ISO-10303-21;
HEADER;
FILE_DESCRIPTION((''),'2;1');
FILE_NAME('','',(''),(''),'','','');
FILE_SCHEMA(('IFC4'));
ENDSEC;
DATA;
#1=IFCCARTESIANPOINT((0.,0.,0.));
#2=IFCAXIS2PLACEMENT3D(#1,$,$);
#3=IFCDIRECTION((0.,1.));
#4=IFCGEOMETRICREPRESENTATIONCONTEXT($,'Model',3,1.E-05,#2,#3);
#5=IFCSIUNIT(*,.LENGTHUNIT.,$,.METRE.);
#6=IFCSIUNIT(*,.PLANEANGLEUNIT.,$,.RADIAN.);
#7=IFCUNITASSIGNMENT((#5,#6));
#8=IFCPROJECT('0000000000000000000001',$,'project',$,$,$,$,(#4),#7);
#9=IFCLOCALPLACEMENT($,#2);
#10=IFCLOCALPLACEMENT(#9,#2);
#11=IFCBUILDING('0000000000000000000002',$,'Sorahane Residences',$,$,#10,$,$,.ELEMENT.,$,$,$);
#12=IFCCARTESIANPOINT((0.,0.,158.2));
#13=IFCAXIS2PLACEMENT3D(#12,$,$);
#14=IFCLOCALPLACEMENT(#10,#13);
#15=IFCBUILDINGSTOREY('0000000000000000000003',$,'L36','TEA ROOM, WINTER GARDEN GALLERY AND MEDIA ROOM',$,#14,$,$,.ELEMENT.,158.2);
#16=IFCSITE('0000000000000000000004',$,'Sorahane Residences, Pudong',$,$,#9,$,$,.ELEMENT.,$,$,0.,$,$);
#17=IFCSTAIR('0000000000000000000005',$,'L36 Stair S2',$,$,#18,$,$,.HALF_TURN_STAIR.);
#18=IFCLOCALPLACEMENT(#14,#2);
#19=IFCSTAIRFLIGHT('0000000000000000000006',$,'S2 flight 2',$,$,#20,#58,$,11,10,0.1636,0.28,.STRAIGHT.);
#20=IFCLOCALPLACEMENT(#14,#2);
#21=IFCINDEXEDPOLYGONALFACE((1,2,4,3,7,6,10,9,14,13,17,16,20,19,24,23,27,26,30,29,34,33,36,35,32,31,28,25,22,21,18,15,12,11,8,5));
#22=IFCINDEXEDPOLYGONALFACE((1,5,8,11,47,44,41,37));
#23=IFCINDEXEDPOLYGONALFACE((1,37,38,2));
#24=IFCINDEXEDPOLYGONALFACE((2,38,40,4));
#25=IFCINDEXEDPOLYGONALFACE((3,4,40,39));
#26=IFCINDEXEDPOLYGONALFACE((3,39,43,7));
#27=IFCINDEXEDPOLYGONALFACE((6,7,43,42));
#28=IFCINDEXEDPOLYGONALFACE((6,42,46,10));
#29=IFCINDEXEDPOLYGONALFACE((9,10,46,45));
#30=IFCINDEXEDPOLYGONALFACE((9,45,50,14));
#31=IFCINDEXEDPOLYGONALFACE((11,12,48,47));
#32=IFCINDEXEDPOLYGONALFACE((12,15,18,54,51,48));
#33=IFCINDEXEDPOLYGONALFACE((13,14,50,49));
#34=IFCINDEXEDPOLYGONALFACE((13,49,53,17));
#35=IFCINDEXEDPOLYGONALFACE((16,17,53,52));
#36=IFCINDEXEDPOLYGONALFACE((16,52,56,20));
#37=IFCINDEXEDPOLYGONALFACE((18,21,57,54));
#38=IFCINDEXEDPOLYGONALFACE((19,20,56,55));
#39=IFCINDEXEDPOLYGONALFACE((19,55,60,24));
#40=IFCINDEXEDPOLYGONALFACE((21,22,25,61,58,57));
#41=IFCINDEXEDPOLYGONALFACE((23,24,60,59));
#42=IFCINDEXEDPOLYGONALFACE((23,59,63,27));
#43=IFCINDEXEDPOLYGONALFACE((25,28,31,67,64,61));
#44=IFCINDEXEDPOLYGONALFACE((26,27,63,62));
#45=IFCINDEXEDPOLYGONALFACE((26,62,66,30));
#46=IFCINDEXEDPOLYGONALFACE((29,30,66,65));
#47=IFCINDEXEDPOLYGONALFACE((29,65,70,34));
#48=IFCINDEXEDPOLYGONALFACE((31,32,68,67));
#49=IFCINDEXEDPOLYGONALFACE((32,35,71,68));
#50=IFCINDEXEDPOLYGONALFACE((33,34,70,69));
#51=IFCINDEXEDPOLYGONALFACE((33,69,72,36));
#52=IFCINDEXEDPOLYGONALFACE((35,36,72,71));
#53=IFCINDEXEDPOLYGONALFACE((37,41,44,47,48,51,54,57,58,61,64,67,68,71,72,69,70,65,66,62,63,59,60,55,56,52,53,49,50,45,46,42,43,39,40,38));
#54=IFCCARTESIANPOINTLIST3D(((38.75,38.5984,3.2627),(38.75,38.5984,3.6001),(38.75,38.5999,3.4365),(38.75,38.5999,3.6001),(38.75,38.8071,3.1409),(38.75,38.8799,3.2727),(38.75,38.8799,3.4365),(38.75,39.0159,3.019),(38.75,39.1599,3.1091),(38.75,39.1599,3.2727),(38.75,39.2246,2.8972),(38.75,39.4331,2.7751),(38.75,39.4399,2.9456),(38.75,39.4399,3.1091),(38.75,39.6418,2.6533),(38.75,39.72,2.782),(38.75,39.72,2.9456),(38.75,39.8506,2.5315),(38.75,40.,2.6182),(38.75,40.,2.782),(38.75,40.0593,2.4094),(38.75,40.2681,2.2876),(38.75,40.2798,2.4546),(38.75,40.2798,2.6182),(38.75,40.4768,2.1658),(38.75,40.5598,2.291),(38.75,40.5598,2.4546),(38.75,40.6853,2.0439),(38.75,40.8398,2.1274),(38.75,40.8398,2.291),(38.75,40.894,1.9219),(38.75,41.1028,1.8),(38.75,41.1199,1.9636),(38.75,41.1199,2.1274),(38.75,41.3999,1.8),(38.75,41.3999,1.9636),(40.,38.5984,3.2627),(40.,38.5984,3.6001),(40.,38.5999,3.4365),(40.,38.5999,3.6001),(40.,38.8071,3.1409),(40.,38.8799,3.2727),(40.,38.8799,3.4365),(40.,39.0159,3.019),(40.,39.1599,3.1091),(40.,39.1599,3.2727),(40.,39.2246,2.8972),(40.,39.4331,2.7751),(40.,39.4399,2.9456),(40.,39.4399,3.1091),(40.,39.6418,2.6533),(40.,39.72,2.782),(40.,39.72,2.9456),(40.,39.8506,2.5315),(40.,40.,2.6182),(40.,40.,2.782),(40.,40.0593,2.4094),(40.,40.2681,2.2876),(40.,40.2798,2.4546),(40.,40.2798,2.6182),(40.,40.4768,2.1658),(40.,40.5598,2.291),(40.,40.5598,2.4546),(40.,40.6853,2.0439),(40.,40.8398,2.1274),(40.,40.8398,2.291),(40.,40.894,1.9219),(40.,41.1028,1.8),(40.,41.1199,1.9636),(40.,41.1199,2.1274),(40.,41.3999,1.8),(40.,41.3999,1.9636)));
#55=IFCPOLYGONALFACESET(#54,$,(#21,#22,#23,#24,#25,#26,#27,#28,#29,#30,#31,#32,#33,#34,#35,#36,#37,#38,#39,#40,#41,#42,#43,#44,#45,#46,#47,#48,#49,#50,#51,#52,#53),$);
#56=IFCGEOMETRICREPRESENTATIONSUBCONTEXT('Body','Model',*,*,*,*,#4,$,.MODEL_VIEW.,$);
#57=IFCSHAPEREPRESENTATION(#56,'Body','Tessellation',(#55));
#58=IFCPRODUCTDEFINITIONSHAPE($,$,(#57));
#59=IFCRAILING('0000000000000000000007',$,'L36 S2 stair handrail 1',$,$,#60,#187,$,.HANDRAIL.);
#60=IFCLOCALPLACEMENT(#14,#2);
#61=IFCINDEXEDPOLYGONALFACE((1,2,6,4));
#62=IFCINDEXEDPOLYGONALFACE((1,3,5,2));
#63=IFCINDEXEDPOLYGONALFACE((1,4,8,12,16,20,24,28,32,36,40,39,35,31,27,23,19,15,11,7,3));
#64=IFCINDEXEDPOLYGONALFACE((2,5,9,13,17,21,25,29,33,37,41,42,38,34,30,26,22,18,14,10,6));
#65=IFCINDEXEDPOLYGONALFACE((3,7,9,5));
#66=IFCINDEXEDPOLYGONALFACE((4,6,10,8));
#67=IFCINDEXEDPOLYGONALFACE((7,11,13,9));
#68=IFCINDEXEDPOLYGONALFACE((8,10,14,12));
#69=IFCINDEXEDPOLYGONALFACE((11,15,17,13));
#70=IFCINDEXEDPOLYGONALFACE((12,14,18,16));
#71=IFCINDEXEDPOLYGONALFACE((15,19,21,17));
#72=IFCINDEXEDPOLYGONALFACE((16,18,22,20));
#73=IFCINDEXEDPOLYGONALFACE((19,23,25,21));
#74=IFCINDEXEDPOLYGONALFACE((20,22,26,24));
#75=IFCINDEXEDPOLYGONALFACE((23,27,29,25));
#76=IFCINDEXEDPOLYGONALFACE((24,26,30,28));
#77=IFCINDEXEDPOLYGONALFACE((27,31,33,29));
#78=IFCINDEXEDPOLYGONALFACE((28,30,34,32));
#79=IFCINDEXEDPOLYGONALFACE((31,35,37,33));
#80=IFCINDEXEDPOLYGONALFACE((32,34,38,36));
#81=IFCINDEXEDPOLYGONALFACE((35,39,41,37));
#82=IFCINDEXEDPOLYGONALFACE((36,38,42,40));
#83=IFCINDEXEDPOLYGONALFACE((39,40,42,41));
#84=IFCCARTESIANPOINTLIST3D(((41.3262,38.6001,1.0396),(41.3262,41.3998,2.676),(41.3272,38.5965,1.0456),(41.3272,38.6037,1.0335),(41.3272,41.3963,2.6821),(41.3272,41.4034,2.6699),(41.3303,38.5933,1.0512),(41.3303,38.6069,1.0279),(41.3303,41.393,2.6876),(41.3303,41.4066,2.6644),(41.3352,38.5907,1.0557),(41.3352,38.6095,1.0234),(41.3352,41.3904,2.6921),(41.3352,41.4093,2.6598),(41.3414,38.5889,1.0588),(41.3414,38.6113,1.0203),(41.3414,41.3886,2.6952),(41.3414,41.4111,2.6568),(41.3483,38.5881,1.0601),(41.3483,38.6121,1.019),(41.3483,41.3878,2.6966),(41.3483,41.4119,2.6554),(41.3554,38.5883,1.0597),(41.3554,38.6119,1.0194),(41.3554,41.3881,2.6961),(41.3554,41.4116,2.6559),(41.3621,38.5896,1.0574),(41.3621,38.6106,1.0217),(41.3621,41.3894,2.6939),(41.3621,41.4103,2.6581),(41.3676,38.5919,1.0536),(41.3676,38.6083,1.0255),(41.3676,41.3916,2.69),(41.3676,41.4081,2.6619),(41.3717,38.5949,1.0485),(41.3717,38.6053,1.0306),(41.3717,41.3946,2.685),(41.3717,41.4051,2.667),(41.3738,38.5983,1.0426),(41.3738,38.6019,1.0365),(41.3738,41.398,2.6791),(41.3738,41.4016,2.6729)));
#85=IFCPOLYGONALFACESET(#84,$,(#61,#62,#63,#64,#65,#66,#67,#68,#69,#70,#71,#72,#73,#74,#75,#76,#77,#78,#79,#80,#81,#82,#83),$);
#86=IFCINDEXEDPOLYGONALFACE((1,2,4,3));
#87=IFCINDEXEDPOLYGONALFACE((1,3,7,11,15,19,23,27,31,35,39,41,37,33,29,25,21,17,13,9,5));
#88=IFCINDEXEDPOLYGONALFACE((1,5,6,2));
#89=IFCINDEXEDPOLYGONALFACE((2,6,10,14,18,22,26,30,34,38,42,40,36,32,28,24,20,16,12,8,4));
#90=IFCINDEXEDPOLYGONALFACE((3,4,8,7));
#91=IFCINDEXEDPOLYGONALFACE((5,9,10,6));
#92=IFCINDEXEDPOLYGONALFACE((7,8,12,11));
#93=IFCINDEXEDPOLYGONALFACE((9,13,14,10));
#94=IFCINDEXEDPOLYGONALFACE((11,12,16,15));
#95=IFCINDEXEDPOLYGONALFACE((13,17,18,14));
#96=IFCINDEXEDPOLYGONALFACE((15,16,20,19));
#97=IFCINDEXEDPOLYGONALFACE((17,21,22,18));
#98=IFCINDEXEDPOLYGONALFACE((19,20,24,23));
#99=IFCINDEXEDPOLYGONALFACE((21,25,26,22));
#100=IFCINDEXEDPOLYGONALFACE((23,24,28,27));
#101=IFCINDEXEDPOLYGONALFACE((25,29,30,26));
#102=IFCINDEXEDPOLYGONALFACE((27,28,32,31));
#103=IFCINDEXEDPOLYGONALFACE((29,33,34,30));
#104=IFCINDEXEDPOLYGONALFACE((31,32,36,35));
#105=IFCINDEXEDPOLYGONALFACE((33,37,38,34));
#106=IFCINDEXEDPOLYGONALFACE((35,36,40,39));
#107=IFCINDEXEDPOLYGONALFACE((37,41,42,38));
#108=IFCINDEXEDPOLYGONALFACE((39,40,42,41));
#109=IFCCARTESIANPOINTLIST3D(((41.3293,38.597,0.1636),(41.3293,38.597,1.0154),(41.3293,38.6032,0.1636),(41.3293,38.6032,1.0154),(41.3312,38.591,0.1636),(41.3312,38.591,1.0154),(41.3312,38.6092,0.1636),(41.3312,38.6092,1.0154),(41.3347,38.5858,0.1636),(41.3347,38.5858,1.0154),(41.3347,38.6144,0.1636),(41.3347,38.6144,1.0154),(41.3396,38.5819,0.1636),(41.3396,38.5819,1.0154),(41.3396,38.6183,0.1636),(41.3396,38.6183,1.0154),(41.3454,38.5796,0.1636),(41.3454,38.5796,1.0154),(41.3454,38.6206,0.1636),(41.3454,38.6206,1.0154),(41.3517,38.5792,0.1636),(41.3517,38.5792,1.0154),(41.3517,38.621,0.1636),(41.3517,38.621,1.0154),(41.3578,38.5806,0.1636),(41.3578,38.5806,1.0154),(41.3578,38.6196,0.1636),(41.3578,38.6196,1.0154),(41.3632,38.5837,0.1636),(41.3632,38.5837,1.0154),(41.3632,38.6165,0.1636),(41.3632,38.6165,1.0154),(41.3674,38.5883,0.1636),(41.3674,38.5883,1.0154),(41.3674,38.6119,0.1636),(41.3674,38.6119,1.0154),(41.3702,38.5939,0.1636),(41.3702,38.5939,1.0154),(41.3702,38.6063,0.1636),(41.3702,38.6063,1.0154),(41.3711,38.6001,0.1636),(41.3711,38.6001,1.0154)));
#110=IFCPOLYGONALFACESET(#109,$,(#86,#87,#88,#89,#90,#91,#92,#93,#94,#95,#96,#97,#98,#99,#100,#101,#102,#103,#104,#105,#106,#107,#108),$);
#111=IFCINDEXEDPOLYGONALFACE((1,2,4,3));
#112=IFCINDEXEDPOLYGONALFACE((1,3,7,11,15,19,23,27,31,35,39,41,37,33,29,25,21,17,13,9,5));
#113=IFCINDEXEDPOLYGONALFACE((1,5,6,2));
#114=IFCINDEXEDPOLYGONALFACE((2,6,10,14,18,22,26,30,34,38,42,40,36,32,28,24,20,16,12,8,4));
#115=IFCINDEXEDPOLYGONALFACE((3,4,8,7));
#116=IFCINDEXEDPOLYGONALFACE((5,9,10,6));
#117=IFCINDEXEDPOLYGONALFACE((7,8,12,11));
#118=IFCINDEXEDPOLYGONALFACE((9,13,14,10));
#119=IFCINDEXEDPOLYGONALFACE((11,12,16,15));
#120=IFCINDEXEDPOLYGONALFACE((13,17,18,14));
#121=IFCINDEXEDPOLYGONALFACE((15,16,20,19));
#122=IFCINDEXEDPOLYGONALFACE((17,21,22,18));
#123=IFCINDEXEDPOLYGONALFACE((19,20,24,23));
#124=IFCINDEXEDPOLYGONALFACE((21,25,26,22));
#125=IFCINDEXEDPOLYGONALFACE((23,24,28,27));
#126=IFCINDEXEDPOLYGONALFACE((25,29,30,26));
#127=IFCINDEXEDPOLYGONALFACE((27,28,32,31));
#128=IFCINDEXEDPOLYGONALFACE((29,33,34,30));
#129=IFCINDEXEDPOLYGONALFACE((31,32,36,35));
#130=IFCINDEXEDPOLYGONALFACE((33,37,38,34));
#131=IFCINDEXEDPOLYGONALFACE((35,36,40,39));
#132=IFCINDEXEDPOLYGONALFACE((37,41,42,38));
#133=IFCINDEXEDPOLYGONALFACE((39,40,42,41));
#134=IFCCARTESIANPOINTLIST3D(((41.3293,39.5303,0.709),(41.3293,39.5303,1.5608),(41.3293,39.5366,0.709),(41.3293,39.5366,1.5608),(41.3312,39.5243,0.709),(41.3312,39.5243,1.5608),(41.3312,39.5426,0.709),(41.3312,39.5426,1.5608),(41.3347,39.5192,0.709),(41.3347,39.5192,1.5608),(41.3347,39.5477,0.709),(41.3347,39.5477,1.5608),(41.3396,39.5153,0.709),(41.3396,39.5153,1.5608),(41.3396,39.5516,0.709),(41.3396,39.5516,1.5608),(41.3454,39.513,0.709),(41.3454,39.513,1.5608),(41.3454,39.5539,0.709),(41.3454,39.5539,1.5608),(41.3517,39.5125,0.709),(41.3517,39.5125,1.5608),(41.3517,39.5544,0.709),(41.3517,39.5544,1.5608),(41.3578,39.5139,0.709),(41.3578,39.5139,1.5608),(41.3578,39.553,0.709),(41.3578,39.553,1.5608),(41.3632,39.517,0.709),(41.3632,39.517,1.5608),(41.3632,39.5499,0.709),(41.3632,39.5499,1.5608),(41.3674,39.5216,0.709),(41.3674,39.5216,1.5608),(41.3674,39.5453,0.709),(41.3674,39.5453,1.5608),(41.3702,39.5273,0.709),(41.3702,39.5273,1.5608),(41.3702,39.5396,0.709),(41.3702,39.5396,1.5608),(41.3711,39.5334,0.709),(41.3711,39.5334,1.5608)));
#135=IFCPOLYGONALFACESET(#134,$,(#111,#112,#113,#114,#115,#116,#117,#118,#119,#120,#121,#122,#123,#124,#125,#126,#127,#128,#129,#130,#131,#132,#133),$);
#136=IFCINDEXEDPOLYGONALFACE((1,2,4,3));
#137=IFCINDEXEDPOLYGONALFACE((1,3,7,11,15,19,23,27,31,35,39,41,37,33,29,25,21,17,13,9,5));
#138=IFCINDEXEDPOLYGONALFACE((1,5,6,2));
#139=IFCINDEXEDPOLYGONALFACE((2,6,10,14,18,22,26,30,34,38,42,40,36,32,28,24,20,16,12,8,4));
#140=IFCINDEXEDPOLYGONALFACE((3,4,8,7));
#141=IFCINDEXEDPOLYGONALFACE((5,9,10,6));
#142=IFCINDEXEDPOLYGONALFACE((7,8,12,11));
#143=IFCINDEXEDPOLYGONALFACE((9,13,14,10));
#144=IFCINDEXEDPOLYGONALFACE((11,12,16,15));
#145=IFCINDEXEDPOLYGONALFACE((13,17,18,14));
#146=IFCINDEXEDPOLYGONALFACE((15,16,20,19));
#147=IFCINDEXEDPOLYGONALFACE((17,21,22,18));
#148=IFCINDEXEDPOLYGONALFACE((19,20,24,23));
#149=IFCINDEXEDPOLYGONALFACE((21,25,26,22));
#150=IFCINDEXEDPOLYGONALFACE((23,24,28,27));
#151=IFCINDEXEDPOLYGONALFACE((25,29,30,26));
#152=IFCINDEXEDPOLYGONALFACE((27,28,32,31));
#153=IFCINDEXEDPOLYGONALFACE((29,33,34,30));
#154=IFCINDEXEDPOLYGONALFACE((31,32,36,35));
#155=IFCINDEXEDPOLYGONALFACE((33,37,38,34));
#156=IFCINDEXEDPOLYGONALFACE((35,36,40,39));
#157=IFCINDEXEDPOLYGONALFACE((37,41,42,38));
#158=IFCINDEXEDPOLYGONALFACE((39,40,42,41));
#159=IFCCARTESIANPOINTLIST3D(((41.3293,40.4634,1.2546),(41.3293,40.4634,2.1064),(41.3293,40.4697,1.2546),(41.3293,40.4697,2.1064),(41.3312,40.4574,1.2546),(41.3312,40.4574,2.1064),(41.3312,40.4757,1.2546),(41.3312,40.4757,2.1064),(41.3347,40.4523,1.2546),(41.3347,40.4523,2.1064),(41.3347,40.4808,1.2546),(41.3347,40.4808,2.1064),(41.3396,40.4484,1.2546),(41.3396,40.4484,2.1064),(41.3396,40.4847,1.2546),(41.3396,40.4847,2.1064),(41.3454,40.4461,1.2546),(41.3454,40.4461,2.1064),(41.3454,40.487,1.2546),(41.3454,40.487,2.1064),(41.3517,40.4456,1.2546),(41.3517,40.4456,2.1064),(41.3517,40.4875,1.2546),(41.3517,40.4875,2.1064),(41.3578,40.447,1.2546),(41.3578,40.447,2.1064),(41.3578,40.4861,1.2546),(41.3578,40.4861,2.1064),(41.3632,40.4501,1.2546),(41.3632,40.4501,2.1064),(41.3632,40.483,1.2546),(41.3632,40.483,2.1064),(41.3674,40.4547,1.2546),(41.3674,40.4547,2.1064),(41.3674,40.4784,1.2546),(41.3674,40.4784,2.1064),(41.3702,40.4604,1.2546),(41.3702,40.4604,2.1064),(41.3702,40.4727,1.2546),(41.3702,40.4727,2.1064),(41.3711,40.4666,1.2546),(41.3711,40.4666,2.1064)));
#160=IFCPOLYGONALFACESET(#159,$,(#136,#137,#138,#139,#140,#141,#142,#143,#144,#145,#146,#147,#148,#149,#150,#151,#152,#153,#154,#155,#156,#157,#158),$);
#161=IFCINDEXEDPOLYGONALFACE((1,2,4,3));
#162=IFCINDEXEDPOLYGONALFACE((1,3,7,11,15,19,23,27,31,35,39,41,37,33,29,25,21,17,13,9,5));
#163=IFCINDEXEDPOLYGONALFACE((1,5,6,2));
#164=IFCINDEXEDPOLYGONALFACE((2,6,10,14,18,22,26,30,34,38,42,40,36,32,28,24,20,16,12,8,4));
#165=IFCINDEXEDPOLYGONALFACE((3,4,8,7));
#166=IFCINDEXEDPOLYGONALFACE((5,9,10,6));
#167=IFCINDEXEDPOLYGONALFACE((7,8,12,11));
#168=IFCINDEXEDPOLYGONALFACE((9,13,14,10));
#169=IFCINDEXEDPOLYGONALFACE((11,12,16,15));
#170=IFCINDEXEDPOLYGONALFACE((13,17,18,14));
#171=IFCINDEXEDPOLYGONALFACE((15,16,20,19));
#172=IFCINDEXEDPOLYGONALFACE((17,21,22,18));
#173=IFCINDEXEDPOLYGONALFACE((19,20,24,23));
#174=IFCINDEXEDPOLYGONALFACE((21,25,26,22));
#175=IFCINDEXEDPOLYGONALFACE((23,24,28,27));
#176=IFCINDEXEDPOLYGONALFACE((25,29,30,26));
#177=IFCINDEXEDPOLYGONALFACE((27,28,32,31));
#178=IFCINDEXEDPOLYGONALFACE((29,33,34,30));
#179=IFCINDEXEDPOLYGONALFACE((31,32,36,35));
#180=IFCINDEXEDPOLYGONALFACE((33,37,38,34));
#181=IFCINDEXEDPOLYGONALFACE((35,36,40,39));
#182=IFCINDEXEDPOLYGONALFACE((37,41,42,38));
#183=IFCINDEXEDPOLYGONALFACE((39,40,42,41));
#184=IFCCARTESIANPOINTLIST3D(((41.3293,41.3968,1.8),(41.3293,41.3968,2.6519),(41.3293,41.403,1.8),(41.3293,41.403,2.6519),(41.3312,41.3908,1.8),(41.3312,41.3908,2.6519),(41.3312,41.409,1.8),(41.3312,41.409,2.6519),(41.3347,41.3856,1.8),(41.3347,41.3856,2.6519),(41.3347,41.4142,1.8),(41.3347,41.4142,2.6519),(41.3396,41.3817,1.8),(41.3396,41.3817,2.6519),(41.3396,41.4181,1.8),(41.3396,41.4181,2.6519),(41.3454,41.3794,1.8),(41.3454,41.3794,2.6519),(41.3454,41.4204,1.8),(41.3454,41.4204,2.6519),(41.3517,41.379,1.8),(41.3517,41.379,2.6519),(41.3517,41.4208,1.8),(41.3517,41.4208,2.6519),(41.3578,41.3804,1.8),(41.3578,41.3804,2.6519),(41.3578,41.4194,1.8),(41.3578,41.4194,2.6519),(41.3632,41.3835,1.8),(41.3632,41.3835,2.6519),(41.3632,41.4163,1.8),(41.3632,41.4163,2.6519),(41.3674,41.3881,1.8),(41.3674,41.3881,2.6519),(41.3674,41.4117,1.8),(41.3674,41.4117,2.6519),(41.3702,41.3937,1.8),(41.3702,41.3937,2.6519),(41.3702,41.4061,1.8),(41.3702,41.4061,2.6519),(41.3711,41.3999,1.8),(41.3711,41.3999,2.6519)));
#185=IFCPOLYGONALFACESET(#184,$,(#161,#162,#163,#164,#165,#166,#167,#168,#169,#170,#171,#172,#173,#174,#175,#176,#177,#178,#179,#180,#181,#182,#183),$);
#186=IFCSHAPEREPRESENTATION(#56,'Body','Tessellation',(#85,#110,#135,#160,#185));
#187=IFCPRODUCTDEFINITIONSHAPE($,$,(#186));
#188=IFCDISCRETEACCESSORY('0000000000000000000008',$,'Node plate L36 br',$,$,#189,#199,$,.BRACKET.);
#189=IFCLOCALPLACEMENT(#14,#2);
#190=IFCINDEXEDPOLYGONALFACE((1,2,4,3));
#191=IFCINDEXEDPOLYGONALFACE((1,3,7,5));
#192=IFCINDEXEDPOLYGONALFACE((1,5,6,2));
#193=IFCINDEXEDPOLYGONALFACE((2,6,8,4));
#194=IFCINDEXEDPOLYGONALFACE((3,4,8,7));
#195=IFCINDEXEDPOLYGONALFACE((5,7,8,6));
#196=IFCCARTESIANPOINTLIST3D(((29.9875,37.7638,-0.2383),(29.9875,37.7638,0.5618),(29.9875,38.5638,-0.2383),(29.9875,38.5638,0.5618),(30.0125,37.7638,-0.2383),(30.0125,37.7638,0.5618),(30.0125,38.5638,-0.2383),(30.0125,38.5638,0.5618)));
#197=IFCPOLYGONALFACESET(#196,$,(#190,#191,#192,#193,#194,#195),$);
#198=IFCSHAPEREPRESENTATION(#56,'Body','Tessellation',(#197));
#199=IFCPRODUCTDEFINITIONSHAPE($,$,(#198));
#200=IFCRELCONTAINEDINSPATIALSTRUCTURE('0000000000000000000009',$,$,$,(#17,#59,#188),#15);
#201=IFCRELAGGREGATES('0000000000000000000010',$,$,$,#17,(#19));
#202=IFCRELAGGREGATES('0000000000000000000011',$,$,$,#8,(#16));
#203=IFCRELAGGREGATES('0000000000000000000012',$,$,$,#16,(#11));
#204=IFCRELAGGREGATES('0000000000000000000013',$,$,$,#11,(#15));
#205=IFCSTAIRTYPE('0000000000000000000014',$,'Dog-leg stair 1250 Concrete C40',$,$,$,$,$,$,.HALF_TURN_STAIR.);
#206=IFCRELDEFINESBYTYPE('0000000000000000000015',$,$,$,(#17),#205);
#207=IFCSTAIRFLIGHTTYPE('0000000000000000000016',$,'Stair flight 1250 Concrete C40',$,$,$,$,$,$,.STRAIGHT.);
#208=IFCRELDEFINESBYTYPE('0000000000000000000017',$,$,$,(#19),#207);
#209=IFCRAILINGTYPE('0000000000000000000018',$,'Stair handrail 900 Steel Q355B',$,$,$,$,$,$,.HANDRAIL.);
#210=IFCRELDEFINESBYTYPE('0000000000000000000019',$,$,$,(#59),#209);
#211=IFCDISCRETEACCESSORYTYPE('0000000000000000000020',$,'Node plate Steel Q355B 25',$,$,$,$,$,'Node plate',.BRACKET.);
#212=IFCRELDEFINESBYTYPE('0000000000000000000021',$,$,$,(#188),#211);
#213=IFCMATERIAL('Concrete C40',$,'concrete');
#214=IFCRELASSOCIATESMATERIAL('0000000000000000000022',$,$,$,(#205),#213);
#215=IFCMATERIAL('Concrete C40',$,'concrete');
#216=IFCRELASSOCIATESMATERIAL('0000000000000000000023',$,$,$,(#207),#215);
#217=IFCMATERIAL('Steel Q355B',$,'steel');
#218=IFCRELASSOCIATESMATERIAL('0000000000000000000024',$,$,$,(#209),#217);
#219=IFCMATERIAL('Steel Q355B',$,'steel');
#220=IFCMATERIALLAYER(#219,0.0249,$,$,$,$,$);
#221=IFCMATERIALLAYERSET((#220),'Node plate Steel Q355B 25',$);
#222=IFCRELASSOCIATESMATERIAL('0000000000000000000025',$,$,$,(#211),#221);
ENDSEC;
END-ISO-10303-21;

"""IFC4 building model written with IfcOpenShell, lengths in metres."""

from ifc_helpers import new_model, si_unit, direction, frame, origin, origin_2d, place, context, subcontext, project, spatial, polyline, rectangle, circle, outline, extrude, material, layer, layer_set, type_object, element, aggregate, save


model = new_model("IFC4")

# Units and contexts
model_context = context("Model", 3, precision=1e-05, world=origin(), true_north=direction((0.0, 1.0)))
body_context = subcontext(model_context, "Body", "Model", "MODEL_VIEW")
ifc_project = project(units=[si_unit("LENGTHUNIT", "METRE"), si_unit("PLANEANGLEUNIT", "RADIAN")], contexts=[model_context])

# Site, building, storey
site_placement = place(None, origin())
site = spatial("IfcSite", under=ifc_project, at=site_placement, Name="Sorahane Residences, Pudong", CompositionType="ELEMENT", RefElevation=0.0)
building_placement = place(site_placement, origin())
building = spatial("IfcBuilding", under=site, at=building_placement, Name="Sorahane Residences", CompositionType="ELEMENT")
storey_placement = place(building_placement, frame((0.0, 0.0, 158.2)))
storey = spatial("IfcBuildingStorey", under=building, at=storey_placement, Name="L36", Description="TEA ROOM, WINTER GARDEN GALLERY AND MEDIA ROOM", CompositionType="ELEMENT", Elevation=158.2)

# Stair, stair flight
ifc_material_1 = material(Name="Concrete C40", Category="concrete")
stair_type = type_object("IfcStairType", Name="Dog-leg stair 1250 Concrete C40", PredefinedType="HALF_TURN_STAIR", material=ifc_material_1)
stair_placement = place(storey_placement, origin())
stair = element("IfcStair", 1, at=stair_placement, inside=storey, type_object=stair_type, Name="L36 Stair S2", PredefinedType="HALF_TURN_STAIR")
ifc_material_2 = material(Name="Concrete C40", Category="concrete")
stair_flight_type = type_object("IfcStairFlightType", Name="Stair flight 1250 Concrete C40", PredefinedType="STRAIGHT", material=ifc_material_2)
stair_flight_1_placement = place(storey_placement, frame((39.375, 41.3999, 1.8), z_axis=(0.0, 0.0, 1.0), x_axis=(0.0, -1.0, 0.0)))
stair_flight_1 = element("IfcStairFlight", 2, at=stair_flight_1_placement, type_object=stair_flight_type, Name="S2 flight 2", NumberOfRisers=11, NumberOfTreads=10, PredefinedType="STRAIGHT", RiserHeight=0.1636, TreadLength=0.28, context=body_context, shape_type="SweptSolid", body=[
    extrude(outline(polyline([(0.0, 0.0), (0.0, 0.1636), (0.28, 0.1636), (0.28, 0.3274), (0.5601, 0.3274), (0.5601, 0.491), (0.8401, 0.491), (0.8401, 0.6545), (1.1201, 0.6545), (1.1201, 0.8181), (1.3999, 0.8181), (1.3999, 0.9819), (1.6799, 0.9819), (1.6799, 1.1455), (1.96, 1.1455), (1.96, 1.3091), (2.24, 1.3091), (2.24, 1.4727), (2.52, 1.4727), (2.52, 1.6365), (2.8, 1.6365), (2.8, 1.8), (2.8015, 1.8), (2.8015, 1.4626), (2.5928, 1.3408), (2.384, 1.219), (2.1753, 1.0972), (1.9668, 0.9751), (1.7581, 0.8533), (1.5493, 0.7314), (1.3406, 0.6094), (1.1318, 0.4875), (0.9231, 0.3657), (0.7146, 0.2439), (0.5059, 0.1218), (0.2971, 0.0), (0.0, 0.0)])), frame((0.0, 0.625, 0.0), z_axis=(0.0, -1.0, 0.0), x_axis=(1.0, 0.0, 0.0)), (0.0, 0.0, 1.0), 1.25),
])
aggregate(stair, [stair_flight_1])

# Railing
ifc_material_3 = material(Name="Steel Q355B", Category="steel")
railing_type_1 = type_object("IfcRailingType", Name="Stair handrail 900 Steel Q355B", PredefinedType="HANDRAIL", material=ifc_material_3)
railing_1_placement = place(storey_placement, frame((41.3501, 38.6001, 0.1636)))
element("IfcRailing", 3, at=railing_1_placement, inside=storey, type_object=railing_type_1, Name="L36 S2 stair handrail 1", PredefinedType="HANDRAIL", context=body_context, shape_type="SweptSolid", body=[
    extrude(circle(Radius=0.0239, at=origin_2d()), frame((0.0, 0.0, 0.876), z_axis=(0.0, 0.863342, 0.50462), x_axis=(-1.0, 0.0, 0.0)), (0.0, 0.0, 1.0), 3.2429),
    extrude(circle(Radius=0.021, at=origin_2d()), origin(), (0.0, 0.0, 1.0), 0.8518),
    extrude(circle(Radius=0.021, at=origin_2d()), frame((0.0, 0.9333, 0.5454)), (0.0, 0.0, 1.0), 0.8518),
    extrude(circle(Radius=0.021, at=origin_2d()), frame((0.0, 1.8665, 1.0911)), (0.0, 0.0, 1.0), 0.8518),
    extrude(circle(Radius=0.021, at=origin_2d()), frame((0.0, 2.7998, 1.6365)), (0.0, 0.0, 1.0), 0.8518),
])

# Discrete accessory
ifc_material_4 = material(Name="Steel Q355B", Category="steel")
ifc_layer_1 = layer(ifc_material_4, 0.0249)
ifc_layer_set_1 = layer_set([ifc_layer_1], Name="Node plate Steel Q355B 25")
discrete_accessory_type = type_object("IfcDiscreteAccessoryType", Name="Node plate Steel Q355B 25", ElementType="Node plate", PredefinedType="BRACKET", material=ifc_layer_set_1)
for number, where, z_axis, x_axis, name in (
    (4, (30.0, 38.1638, -0.2383), (0.0, 0.0, 1.0), (0.0, 1.0, 0.0), "Node plate L36 br"),
):
    element("IfcDiscreteAccessory", number, at=place(storey_placement, frame(where, z_axis=z_axis, x_axis=x_axis)), inside=storey, type_object=discrete_accessory_type, Name=name, PredefinedType="BRACKET", context=body_context, shape_type="SweptSolid", body=[
        extrude(rectangle(XDim=0.8, YDim=0.0249, at=origin_2d()), origin(), (0.0, 0.0, 1.0), 0.8),
    ])

save(model, "model.ifc")
